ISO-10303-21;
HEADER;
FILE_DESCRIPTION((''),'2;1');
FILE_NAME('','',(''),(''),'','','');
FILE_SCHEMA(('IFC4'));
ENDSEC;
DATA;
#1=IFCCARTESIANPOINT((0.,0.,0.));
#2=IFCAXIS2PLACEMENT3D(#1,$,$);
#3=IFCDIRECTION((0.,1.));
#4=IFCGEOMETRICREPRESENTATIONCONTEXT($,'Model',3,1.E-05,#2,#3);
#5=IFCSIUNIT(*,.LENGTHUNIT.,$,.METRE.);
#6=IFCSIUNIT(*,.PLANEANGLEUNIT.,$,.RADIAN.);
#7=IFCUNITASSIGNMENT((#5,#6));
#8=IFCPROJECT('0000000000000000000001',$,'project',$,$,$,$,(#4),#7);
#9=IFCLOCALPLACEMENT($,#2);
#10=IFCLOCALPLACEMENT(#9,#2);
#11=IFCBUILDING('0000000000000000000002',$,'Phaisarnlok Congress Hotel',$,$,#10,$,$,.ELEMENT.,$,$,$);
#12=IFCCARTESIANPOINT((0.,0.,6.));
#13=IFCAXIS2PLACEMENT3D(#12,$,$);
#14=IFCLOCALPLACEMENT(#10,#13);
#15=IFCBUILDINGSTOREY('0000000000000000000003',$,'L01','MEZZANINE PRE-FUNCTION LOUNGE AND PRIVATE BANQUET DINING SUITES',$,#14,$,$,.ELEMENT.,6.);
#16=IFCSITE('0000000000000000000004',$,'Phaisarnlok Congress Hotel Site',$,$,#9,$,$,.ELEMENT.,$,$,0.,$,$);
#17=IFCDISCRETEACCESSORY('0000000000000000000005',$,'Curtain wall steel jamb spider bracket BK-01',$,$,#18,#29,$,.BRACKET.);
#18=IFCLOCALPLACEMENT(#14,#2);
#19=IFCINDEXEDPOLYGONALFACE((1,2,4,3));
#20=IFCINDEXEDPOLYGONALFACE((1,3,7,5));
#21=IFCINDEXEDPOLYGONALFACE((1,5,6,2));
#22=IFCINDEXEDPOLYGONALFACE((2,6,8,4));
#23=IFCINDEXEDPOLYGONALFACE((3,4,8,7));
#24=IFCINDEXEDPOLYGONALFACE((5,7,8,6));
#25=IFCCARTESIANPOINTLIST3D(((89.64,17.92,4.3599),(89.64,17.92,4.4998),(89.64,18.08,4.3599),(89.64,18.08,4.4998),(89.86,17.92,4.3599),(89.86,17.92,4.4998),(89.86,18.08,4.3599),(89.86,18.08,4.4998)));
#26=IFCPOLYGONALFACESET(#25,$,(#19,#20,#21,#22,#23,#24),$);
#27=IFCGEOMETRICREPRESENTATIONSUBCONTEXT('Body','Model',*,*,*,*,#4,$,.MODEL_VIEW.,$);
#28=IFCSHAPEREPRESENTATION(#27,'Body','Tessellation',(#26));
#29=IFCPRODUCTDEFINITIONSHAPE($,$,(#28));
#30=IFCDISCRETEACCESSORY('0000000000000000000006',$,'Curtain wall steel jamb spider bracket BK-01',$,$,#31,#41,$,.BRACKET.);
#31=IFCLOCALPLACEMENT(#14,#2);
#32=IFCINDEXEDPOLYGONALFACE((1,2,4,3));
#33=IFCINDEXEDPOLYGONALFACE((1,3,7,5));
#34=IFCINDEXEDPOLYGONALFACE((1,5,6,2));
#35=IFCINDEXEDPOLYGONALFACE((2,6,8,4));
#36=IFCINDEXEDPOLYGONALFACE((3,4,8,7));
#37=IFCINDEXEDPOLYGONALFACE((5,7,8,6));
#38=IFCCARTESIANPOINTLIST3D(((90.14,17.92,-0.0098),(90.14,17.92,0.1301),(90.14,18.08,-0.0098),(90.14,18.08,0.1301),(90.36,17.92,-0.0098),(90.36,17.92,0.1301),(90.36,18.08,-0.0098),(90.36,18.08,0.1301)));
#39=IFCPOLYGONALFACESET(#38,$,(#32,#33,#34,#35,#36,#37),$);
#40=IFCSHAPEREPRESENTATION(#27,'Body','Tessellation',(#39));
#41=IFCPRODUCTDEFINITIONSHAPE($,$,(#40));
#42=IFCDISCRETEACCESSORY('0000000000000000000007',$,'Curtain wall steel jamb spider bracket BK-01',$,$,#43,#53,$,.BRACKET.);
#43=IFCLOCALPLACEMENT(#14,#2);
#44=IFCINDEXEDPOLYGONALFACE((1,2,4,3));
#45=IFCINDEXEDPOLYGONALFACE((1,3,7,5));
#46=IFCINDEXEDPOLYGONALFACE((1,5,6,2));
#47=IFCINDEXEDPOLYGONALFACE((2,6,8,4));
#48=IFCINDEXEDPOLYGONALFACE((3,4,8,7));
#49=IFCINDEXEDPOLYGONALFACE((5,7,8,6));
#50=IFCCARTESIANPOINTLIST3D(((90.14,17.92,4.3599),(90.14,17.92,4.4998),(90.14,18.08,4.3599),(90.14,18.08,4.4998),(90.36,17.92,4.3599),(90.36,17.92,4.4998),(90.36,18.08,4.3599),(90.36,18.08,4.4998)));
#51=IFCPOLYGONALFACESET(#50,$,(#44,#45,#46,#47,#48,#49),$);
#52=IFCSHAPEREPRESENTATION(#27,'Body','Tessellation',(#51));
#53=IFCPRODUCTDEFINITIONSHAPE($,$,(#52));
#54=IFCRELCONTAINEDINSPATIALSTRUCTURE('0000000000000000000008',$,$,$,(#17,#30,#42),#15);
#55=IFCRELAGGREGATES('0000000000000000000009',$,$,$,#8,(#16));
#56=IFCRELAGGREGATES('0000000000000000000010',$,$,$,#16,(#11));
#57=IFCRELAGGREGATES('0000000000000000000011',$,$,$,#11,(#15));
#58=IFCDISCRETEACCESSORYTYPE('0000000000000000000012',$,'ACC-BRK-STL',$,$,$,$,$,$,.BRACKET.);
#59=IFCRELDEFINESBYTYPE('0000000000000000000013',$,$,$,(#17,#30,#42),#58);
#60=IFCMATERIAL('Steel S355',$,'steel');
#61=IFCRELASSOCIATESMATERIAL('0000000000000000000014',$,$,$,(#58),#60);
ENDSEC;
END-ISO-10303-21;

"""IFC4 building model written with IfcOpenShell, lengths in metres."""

from ifc_helpers import new_model, si_unit, direction, frame, origin, origin_2d, place, context, subcontext, project, spatial, rectangle, extrude, material, type_object, element, save


model = new_model("IFC4")

# Units and contexts
model_context = context("Model", 3, precision=1e-05, world=origin(), true_north=direction((0.0, 1.0)))
body_context = subcontext(model_context, "Body", "Model", "MODEL_VIEW")
ifc_project = project(units=[si_unit("LENGTHUNIT", "METRE"), si_unit("PLANEANGLEUNIT", "RADIAN")], contexts=[model_context])

# Site, building, storey
site_placement = place(None, origin())
site = spatial("IfcSite", under=ifc_project, at=site_placement, Name="Phaisarnlok Congress Hotel Site", CompositionType="ELEMENT", RefElevation=0.0)
building_placement = place(site_placement, origin())
building = spatial("IfcBuilding", under=site, at=building_placement, Name="Phaisarnlok Congress Hotel", CompositionType="ELEMENT")
storey_placement = place(building_placement, frame((0.0, 0.0, 6.0)))
storey = spatial("IfcBuildingStorey", under=building, at=storey_placement, Name="L01", Description="MEZZANINE PRE-FUNCTION LOUNGE AND PRIVATE BANQUET DINING SUITES", CompositionType="ELEMENT", Elevation=6.0)

# Shared definitions
ifc_material_1 = material(Name="Steel S355", Category="steel")

# Discrete accessories
discrete_accessory_type = type_object("IfcDiscreteAccessoryType", Name="ACC-BRK-STL", PredefinedType="BRACKET", material=ifc_material_1)
for number, where, z_axis, x_axis, name in (
    (1, (89.75, 18.0, 4.3599), (0.0, 0.0, 1.0), (1.0, 0.0, 0.0), "Curtain wall steel jamb spider bracket BK-01"),
    (2, (90.25, 18.0, -0.0098), (0.0, 0.0, 1.0), (1.0, 0.0, 0.0), "Curtain wall steel jamb spider bracket BK-01"),
    (3, (90.25, 18.0, 4.3599), (0.0, 0.0, 1.0), (1.0, 0.0, 0.0), "Curtain wall steel jamb spider bracket BK-01"),
):
    element("IfcDiscreteAccessory", number, at=place(storey_placement, frame(where, z_axis=z_axis, x_axis=x_axis)), inside=storey, type_object=discrete_accessory_type, Name=name, PredefinedType="BRACKET", context=body_context, shape_type="SweptSolid", body=[
        extrude(rectangle(XDim=0.22, YDim=0.1599, at=origin_2d()), origin(), (0.0, 0.0, 1.0), 0.1399),
    ])

save(model, "model.ifc")
